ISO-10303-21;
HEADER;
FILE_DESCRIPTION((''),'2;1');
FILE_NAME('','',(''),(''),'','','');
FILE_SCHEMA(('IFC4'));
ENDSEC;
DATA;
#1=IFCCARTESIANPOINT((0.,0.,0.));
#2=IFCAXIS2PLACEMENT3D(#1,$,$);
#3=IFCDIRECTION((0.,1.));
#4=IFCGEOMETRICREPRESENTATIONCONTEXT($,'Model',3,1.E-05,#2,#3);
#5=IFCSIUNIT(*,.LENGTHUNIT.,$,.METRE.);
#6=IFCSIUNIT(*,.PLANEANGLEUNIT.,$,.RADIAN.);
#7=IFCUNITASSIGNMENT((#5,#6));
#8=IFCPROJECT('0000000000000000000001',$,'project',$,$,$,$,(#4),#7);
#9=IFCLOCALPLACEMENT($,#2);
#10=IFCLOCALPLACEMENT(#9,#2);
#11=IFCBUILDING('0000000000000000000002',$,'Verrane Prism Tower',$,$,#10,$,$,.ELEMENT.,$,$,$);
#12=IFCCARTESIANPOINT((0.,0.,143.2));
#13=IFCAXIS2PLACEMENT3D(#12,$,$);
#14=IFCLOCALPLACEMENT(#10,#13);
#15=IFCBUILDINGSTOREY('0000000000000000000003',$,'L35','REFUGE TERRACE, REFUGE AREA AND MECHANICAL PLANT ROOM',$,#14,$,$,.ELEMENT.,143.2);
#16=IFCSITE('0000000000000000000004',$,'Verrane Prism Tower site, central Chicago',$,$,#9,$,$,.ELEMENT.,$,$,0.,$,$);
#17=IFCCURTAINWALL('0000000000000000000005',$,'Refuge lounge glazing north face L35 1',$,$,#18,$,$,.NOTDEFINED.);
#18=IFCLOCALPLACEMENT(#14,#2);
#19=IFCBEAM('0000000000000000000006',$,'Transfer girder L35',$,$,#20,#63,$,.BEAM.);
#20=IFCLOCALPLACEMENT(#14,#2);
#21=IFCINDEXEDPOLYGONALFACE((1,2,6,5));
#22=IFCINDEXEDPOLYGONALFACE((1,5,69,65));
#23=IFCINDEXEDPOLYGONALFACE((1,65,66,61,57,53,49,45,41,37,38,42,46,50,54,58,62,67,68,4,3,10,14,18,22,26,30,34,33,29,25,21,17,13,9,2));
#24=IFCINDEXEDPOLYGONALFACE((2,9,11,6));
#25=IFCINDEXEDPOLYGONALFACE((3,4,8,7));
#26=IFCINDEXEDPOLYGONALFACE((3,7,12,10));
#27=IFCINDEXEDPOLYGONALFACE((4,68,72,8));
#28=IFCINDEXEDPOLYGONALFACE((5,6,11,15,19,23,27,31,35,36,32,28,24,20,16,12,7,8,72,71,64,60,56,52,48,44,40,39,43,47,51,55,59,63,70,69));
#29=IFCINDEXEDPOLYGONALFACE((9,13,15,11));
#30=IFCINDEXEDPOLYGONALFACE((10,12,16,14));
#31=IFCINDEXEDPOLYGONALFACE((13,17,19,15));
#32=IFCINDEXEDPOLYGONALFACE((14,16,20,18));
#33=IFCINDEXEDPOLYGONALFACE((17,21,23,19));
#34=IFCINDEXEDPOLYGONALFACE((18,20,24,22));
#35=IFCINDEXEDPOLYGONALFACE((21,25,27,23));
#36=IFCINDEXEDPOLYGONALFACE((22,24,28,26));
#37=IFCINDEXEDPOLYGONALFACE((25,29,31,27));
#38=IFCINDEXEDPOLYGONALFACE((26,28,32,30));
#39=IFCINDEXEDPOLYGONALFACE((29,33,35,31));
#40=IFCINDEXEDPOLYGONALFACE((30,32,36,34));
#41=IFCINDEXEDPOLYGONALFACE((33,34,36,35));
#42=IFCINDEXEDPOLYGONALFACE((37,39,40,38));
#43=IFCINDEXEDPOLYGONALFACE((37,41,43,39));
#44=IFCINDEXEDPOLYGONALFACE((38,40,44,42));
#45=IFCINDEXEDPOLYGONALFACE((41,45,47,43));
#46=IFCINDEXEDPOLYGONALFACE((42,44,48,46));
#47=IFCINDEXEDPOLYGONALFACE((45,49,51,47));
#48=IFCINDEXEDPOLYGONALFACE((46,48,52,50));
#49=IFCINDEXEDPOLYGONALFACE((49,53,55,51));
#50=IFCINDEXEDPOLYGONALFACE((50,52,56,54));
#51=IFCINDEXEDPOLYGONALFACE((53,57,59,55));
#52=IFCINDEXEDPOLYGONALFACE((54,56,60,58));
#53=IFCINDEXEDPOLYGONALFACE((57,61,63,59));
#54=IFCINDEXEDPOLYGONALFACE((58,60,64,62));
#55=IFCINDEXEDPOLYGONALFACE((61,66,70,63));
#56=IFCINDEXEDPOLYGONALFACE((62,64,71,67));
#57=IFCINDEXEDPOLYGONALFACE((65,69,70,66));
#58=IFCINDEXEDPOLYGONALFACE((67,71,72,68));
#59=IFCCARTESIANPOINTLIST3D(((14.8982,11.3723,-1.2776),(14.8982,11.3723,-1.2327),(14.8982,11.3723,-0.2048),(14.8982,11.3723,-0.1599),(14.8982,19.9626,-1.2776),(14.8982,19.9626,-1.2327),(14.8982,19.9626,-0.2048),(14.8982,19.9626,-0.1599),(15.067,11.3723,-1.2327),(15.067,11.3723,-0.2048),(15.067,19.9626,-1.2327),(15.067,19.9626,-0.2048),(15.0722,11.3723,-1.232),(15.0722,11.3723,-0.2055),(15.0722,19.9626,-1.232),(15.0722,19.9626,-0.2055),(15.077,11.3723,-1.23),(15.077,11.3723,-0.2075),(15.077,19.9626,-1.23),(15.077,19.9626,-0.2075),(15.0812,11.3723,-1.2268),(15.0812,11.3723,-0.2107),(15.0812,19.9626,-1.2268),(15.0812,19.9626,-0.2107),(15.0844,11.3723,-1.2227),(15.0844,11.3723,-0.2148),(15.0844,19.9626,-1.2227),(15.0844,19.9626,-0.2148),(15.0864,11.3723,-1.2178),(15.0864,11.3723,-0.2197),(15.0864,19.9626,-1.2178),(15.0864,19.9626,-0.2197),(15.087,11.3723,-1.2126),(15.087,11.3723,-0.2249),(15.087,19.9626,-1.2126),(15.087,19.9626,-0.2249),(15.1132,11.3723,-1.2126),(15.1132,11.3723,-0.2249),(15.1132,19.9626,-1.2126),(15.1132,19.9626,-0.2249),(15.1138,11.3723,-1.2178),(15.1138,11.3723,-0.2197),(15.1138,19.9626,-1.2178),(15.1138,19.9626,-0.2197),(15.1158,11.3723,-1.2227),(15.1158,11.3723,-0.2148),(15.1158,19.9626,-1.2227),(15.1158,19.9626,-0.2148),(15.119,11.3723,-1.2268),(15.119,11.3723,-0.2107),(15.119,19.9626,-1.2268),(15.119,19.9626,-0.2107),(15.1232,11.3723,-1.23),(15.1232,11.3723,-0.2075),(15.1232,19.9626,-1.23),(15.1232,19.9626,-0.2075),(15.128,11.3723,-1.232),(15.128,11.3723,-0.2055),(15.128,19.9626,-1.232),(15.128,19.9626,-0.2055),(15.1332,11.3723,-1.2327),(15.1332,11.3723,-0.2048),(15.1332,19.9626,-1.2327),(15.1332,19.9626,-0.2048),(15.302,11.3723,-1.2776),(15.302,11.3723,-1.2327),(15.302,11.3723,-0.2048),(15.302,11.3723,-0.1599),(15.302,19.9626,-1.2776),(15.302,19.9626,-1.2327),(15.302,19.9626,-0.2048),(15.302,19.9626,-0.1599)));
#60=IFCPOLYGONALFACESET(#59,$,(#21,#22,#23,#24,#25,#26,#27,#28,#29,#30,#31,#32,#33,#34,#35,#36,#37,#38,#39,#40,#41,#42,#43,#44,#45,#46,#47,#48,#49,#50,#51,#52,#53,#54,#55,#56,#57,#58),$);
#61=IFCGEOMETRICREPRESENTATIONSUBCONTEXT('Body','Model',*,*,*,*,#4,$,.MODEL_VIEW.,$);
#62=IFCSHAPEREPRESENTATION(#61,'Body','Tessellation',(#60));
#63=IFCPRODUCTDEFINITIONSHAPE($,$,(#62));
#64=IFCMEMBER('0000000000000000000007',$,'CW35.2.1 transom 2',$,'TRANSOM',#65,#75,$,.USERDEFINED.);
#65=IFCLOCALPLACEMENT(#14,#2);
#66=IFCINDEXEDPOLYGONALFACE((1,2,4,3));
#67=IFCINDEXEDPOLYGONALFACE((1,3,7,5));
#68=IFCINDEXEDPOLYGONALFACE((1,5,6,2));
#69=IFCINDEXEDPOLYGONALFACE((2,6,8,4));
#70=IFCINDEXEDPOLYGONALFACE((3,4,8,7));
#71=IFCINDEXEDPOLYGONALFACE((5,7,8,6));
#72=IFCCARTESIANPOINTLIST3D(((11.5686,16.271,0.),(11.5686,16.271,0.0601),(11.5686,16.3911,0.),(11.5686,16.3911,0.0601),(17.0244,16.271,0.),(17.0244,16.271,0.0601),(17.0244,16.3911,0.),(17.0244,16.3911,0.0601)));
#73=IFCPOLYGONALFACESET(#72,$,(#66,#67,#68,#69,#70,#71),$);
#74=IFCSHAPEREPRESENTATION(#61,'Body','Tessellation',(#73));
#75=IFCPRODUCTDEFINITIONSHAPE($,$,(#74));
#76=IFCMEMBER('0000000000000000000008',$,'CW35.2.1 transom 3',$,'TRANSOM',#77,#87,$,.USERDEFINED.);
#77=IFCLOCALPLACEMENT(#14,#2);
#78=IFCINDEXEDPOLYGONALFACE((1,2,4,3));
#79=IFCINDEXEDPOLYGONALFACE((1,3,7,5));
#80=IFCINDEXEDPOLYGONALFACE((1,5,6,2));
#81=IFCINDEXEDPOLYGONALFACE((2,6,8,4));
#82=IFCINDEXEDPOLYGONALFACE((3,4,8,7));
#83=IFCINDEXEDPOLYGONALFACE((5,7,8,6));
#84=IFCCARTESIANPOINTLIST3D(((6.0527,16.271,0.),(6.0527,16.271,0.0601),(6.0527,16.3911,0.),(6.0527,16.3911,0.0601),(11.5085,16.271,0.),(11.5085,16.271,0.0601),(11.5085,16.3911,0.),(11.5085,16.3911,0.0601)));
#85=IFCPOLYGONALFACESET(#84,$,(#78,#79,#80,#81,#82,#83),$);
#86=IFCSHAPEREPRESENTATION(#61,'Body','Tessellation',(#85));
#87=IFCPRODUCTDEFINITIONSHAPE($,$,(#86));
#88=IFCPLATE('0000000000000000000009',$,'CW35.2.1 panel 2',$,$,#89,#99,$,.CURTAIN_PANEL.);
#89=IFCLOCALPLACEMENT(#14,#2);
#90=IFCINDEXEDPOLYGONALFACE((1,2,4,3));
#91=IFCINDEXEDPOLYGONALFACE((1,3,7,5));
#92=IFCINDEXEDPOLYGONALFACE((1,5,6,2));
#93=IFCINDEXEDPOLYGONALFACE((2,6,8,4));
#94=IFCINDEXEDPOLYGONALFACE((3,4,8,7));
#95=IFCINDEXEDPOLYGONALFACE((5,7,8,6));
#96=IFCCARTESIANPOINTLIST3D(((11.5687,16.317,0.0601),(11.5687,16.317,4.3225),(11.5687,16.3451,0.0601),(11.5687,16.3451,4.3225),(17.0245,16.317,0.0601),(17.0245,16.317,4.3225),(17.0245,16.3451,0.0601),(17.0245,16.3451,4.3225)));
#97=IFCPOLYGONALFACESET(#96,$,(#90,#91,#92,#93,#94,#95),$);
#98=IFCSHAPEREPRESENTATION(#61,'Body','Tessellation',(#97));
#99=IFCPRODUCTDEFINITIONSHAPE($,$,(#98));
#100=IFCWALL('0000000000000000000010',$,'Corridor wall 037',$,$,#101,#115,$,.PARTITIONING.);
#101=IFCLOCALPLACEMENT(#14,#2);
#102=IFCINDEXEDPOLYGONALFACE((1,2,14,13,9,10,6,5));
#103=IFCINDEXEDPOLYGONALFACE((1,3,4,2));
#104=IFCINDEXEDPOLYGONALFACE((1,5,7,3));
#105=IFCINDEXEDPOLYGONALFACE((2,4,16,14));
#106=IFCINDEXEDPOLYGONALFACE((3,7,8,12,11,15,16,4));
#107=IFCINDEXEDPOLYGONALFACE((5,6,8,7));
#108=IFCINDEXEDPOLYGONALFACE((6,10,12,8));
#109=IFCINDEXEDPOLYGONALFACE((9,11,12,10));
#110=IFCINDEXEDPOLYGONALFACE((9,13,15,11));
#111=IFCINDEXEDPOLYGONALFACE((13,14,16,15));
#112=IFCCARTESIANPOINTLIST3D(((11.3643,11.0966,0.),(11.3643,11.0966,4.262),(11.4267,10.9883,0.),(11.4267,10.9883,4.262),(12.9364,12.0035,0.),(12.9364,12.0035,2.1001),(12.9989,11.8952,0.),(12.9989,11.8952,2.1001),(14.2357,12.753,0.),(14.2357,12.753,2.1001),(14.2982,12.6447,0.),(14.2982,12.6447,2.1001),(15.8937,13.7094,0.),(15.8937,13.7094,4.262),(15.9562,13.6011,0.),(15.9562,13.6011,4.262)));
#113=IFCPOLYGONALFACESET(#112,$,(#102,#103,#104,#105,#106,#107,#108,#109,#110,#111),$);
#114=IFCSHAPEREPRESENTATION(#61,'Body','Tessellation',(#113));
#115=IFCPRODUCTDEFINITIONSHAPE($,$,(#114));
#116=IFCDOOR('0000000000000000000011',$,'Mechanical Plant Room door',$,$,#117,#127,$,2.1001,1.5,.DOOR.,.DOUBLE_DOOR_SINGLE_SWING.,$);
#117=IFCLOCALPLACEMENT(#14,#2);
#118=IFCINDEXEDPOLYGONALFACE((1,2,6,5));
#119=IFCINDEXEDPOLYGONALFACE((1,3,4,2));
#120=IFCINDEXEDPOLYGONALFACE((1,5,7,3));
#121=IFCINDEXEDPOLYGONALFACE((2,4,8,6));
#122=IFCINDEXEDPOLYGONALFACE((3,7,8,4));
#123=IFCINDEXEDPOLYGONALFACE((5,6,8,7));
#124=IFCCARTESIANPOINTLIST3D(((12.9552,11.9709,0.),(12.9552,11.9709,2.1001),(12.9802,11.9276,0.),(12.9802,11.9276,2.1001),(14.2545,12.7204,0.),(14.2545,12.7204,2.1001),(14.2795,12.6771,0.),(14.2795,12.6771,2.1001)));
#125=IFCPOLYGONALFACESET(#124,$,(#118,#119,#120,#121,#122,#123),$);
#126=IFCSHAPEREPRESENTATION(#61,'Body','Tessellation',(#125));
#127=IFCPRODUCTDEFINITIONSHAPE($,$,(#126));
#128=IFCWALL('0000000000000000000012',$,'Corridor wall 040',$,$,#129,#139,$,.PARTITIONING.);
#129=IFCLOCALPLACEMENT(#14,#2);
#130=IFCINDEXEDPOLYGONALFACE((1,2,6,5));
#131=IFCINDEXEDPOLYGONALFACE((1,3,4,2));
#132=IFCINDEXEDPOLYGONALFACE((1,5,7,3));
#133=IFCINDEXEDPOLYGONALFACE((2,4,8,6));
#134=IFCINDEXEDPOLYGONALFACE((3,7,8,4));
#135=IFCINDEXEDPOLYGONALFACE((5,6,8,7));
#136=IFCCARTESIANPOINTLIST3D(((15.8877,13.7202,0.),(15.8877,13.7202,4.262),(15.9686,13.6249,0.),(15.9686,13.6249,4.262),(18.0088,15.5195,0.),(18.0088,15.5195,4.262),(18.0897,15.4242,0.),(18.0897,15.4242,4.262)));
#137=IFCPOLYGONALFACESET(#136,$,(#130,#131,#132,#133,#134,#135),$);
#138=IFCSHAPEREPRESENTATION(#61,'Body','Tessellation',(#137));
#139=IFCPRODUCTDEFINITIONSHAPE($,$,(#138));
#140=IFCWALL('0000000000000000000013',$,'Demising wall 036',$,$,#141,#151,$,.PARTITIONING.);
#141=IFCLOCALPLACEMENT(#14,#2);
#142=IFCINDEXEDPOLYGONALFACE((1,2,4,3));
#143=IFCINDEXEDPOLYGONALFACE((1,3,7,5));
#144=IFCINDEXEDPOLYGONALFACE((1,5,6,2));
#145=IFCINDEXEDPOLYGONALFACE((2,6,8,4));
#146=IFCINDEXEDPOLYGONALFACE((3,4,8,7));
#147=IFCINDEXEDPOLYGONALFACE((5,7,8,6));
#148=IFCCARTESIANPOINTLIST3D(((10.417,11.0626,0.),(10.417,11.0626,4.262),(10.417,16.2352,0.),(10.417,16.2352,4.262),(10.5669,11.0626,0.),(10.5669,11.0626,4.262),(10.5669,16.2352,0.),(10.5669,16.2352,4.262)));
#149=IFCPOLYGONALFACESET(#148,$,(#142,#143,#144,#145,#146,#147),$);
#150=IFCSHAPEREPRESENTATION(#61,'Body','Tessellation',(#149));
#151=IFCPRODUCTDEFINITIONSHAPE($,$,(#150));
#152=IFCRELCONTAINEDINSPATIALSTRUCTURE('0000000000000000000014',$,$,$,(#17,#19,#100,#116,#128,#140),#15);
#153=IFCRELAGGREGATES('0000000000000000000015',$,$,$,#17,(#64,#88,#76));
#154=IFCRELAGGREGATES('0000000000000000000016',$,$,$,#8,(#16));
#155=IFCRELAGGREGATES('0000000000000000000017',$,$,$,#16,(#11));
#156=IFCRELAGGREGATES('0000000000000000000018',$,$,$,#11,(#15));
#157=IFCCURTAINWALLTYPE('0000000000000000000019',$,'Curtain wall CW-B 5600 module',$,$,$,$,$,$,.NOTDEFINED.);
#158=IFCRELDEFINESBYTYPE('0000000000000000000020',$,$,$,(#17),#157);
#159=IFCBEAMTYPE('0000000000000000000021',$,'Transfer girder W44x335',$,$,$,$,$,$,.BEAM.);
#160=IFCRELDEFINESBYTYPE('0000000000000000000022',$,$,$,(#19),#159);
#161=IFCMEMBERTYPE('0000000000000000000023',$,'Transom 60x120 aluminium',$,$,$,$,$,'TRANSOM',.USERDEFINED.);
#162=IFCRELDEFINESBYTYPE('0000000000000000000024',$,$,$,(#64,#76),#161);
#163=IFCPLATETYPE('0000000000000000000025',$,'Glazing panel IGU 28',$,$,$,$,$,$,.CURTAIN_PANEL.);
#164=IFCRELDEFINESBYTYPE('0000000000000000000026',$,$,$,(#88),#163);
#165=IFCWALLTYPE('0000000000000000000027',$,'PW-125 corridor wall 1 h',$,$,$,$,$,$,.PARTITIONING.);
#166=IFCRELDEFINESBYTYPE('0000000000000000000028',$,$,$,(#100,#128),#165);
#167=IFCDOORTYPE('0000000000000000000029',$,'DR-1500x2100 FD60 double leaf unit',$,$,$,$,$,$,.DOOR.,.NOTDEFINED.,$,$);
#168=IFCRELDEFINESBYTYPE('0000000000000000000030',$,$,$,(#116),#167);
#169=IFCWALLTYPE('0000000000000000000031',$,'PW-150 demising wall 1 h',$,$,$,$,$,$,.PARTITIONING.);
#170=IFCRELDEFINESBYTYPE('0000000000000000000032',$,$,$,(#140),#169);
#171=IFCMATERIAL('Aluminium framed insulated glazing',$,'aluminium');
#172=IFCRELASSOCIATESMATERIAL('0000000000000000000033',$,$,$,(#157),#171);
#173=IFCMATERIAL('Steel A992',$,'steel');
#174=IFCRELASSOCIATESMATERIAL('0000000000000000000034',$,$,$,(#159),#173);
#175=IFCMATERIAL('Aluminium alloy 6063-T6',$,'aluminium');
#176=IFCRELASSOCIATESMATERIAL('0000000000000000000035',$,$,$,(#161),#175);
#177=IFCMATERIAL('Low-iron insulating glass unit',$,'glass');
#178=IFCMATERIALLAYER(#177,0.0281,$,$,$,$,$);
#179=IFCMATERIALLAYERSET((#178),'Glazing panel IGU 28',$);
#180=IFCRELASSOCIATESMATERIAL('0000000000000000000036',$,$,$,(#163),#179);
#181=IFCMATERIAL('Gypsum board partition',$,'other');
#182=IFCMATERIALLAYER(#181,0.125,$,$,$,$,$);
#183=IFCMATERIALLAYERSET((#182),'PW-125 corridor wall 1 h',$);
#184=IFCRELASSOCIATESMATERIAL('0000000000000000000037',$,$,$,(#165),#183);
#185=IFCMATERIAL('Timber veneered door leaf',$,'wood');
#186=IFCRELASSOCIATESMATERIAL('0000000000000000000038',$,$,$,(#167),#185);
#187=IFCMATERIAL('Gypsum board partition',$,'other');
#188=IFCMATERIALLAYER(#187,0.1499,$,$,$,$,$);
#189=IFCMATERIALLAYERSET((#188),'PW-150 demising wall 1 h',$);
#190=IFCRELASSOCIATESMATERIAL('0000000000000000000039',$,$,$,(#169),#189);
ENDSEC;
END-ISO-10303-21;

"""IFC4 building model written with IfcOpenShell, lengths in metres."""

from ifc_helpers import new_model, si_unit, direction, frame, frame_2d, origin, origin_2d, place, context, subcontext, project, spatial, rectangle, i_section, extrude, material, layer, layer_set, material_profile, profile_set, type_object, element, fill, aggregate, save


model = new_model("IFC4")

# Units and contexts
model_context = context("Model", 3, precision=1e-05, world=origin(), true_north=direction((0.0, 1.0)))
body_context = subcontext(model_context, "Body", "Model", "MODEL_VIEW")
ifc_project = project(units=[si_unit("LENGTHUNIT", "METRE"), si_unit("PLANEANGLEUNIT", "RADIAN")], contexts=[model_context])

# Site, building, storey
site_placement = place(None, origin())
site = spatial("IfcSite", under=ifc_project, at=site_placement, Name="Verrane Prism Tower site, central Chicago", CompositionType="ELEMENT", RefElevation=0.0)
building_placement = place(site_placement, origin())
building = spatial("IfcBuilding", under=site, at=building_placement, Name="Verrane Prism Tower", CompositionType="ELEMENT")
storey_placement = place(building_placement, frame((0.0, 0.0, 143.2)))
storey = spatial("IfcBuildingStorey", under=building, at=storey_placement, Name="L35", Description="REFUGE TERRACE, REFUGE AREA AND MECHANICAL PLANT ROOM", CompositionType="ELEMENT", Elevation=143.2)

# Curtain wall
ifc_material_1 = material(Name="Aluminium framed insulated glazing", Category="aluminium")
curtain_wall_type = type_object("IfcCurtainWallType", Name="Curtain wall CW-B 5600 module", PredefinedType="NOTDEFINED", material=ifc_material_1)
curtain_wall_placement = place(storey_placement, origin())
curtain_wall = element("IfcCurtainWall", 1, at=curtain_wall_placement, inside=storey, type_object=curtain_wall_type, Name="Refuge lounge glazing north face L35 1", PredefinedType="NOTDEFINED")

# Beam
ifc_material_2 = material(Name="Steel A992", Category="steel")
ifc_material_profile_1 = material_profile(ifc_material_2, i_section(OverallWidth=0.4038, OverallDepth=1.1177, WebThickness=0.0261, FlangeThickness=0.0449, FilletRadius=0.02, at=origin_2d()), Name="W44x335")
ifc_profile_set_1 = profile_set([ifc_material_profile_1], Name="Steel A992")
beam_type_1 = type_object("IfcBeamType", Name="Transfer girder W44x335", PredefinedType="BEAM", material=ifc_profile_set_1)
beam_1_placement = place(storey_placement, frame((15.1001, 19.9626, -0.7188), z_axis=(0.0, -1.0, 0.0), x_axis=(1.0, 0.0, 0.0)))
element("IfcBeam", 2, at=beam_1_placement, inside=storey, type_object=beam_type_1, Name="Transfer girder L35", PredefinedType="BEAM", context=body_context, shape_type="SweptSolid", body=[
    extrude(i_section(OverallWidth=0.4038, OverallDepth=1.1177, WebThickness=0.0261, FlangeThickness=0.0449, FilletRadius=0.02, at=origin_2d()), origin(), (0.0, 0.0, 1.0), 8.5903),
])

# Members
ifc_material_3 = material(Name="Aluminium alloy 6063-T6", Category="aluminium")
ifc_material_profile_2 = material_profile(ifc_material_3, rectangle(XDim=0.1201, YDim=0.0601, at=origin_2d()), Name="Transom 60x120 aluminium")
ifc_profile_set_2 = profile_set([ifc_material_profile_2], Name="Aluminium alloy 6063-T6")
member_type_1 = type_object("IfcMemberType", Name="Transom 60x120 aluminium", ElementType="TRANSOM", PredefinedType="USERDEFINED", material=ifc_profile_set_2)
member_1_placement = place(storey_placement, frame((17.0244, 16.3311, 0.03), z_axis=(-1.0, 0.0, 0.0), x_axis=(0.0, -1.0, 0.0)))
member_1 = element("IfcMember", 3, at=member_1_placement, type_object=member_type_1, Name="CW35.2.1 transom 2", ObjectType="TRANSOM", PredefinedType="USERDEFINED", context=body_context, shape_type="SweptSolid", body=[
    extrude(rectangle(XDim=0.1201, YDim=0.0601, at=origin_2d()), origin(), (0.0, 0.0, 1.0), 5.4558),
])
member_2_placement = place(storey_placement, frame((11.5085, 16.3311, 0.03), z_axis=(-1.0, 0.0, 0.0), x_axis=(0.0, -1.0, 0.0)))
member_2 = element("IfcMember", 4, at=member_2_placement, type_object=member_type_1, Name="CW35.2.1 transom 3", ObjectType="TRANSOM", PredefinedType="USERDEFINED", context=body_context, shape_type="SweptSolid", body=[
    extrude(rectangle(XDim=0.1201, YDim=0.0601, at=origin_2d()), origin(), (0.0, 0.0, 1.0), 5.4558),
])

# Plate
ifc_material_4 = material(Name="Low-iron insulating glass unit", Category="glass")
ifc_layer_1 = layer(ifc_material_4, 0.0281)
ifc_layer_set_1 = layer_set([ifc_layer_1], Name="Glazing panel IGU 28")
plate_type = type_object("IfcPlateType", Name="Glazing panel IGU 28", PredefinedType="CURTAIN_PANEL", material=ifc_layer_set_1)
plate_placement = place(storey_placement, frame((14.2966, 16.3311, 0.0601), z_axis=(0.0, 0.0, 1.0), x_axis=(-1.0, 0.0, 0.0)))
plate = element("IfcPlate", 5, at=plate_placement, type_object=plate_type, Name="CW35.2.1 panel 2", PredefinedType="CURTAIN_PANEL", context=body_context, shape_type="SweptSolid", body=[
    extrude(rectangle(XDim=5.4558, YDim=0.0281, at=origin_2d()), origin(), (0.0, 0.0, 1.0), 4.2625),
])
aggregate(curtain_wall, [member_1, plate, member_2])

# Wall, opening, door
ifc_material_5 = material(Name="Gypsum board partition", Category="other")
ifc_layer_2 = layer(ifc_material_5, 0.125)
ifc_layer_set_2 = layer_set([ifc_layer_2], Name="PW-125 corridor wall 1 h")
wall_type_1 = type_object("IfcWallType", Name="PW-125 corridor wall 1 h", PredefinedType="PARTITIONING", material=ifc_layer_set_2)
wall_1_placement = place(storey_placement, frame((11.3955, 11.0425, 0.0), z_axis=(0.0, 0.0, 1.0), x_axis=(0.866219, 0.499665, 0.0)))
wall_1 = element("IfcWall", 6, at=wall_1_placement, inside=storey, type_object=wall_type_1, Name="Corridor wall 037", PredefinedType="PARTITIONING", context=body_context, shape_type="SweptSolid", body=[
    extrude(rectangle(XDim=5.229, YDim=0.125, at=frame_2d((2.6145, 0.0))), origin(), (0.0, 0.0, 1.0), 4.262),
])
opening_placement = place(wall_1_placement, frame((1.8149, 0.0, 0.0)))
opening = element("IfcOpeningElement", 7, at=opening_placement, cuts=wall_1, PredefinedType="OPENING", context=body_context, shape_type="SweptSolid", body=[
    extrude(rectangle(XDim=1.5, YDim=2.1001, at=frame_2d((0.75, 1.05))), frame((0.0, 0.0725, 0.0), z_axis=(0.0, -1.0, 0.0), x_axis=(1.0, 0.0, 0.0)), (0.0, 0.0, 1.0), 0.145),
])
ifc_material_6 = material(Name="Timber veneered door leaf", Category="wood")
door_type = type_object("IfcDoorType", Name="DR-1500x2100 FD60 double leaf unit", OperationType="NOTDEFINED", PredefinedType="DOOR", material=ifc_material_6)
door_placement = place(opening_placement, origin())
door = element("IfcDoor", 8, at=door_placement, inside=storey, type_object=door_type, Name="Mechanical Plant Room door", OperationType="DOUBLE_DOOR_SINGLE_SWING", OverallHeight=2.1001, OverallWidth=1.5, PredefinedType="DOOR", context=body_context, shape_type="SweptSolid", body=[
    extrude(rectangle(XDim=1.5, YDim=2.1001, at=frame_2d((0.75, 1.05))), frame((0.0, 0.0249, 0.0), z_axis=(0.0, -1.0, 0.0), x_axis=(1.0, 0.0, 0.0)), (0.0, 0.0, 1.0), 0.05),
])
fill(opening, door)

# Walls
wall_2_placement = place(storey_placement, frame((15.9282, 13.6726, 0.0), z_axis=(0.0, 0.0, 1.0), x_axis=(0.76258, 0.646894, 0.0)))
element("IfcWall", 9, at=wall_2_placement, inside=storey, type_object=wall_type_1, Name="Corridor wall 040", PredefinedType="PARTITIONING", context=body_context, shape_type="SweptSolid", body=[
    extrude(rectangle(XDim=2.7815, YDim=0.125, at=frame_2d((1.3906, 0.0))), origin(), (0.0, 0.0, 1.0), 4.262),
])
ifc_material_7 = material(Name="Gypsum board partition", Category="other")
ifc_layer_3 = layer(ifc_material_7, 0.1499)
ifc_layer_set_3 = layer_set([ifc_layer_3], Name="PW-150 demising wall 1 h")
wall_type_2 = type_object("IfcWallType", Name="PW-150 demising wall 1 h", PredefinedType="PARTITIONING", material=ifc_layer_set_3)
wall_3_placement = place(storey_placement, frame((10.4919, 11.0625, 0.0), z_axis=(0.0, 0.0, 1.0), x_axis=(0.0, 1.0, 0.0)))
element("IfcWall", 10, at=wall_3_placement, inside=storey, type_object=wall_type_2, Name="Demising wall 036", PredefinedType="PARTITIONING", context=body_context, shape_type="SweptSolid", body=[
    extrude(rectangle(XDim=5.1726, YDim=0.1499, at=frame_2d((2.5864, 0.0))), origin(), (0.0, 0.0, 1.0), 4.262),
])

save(model, "model.ifc")
